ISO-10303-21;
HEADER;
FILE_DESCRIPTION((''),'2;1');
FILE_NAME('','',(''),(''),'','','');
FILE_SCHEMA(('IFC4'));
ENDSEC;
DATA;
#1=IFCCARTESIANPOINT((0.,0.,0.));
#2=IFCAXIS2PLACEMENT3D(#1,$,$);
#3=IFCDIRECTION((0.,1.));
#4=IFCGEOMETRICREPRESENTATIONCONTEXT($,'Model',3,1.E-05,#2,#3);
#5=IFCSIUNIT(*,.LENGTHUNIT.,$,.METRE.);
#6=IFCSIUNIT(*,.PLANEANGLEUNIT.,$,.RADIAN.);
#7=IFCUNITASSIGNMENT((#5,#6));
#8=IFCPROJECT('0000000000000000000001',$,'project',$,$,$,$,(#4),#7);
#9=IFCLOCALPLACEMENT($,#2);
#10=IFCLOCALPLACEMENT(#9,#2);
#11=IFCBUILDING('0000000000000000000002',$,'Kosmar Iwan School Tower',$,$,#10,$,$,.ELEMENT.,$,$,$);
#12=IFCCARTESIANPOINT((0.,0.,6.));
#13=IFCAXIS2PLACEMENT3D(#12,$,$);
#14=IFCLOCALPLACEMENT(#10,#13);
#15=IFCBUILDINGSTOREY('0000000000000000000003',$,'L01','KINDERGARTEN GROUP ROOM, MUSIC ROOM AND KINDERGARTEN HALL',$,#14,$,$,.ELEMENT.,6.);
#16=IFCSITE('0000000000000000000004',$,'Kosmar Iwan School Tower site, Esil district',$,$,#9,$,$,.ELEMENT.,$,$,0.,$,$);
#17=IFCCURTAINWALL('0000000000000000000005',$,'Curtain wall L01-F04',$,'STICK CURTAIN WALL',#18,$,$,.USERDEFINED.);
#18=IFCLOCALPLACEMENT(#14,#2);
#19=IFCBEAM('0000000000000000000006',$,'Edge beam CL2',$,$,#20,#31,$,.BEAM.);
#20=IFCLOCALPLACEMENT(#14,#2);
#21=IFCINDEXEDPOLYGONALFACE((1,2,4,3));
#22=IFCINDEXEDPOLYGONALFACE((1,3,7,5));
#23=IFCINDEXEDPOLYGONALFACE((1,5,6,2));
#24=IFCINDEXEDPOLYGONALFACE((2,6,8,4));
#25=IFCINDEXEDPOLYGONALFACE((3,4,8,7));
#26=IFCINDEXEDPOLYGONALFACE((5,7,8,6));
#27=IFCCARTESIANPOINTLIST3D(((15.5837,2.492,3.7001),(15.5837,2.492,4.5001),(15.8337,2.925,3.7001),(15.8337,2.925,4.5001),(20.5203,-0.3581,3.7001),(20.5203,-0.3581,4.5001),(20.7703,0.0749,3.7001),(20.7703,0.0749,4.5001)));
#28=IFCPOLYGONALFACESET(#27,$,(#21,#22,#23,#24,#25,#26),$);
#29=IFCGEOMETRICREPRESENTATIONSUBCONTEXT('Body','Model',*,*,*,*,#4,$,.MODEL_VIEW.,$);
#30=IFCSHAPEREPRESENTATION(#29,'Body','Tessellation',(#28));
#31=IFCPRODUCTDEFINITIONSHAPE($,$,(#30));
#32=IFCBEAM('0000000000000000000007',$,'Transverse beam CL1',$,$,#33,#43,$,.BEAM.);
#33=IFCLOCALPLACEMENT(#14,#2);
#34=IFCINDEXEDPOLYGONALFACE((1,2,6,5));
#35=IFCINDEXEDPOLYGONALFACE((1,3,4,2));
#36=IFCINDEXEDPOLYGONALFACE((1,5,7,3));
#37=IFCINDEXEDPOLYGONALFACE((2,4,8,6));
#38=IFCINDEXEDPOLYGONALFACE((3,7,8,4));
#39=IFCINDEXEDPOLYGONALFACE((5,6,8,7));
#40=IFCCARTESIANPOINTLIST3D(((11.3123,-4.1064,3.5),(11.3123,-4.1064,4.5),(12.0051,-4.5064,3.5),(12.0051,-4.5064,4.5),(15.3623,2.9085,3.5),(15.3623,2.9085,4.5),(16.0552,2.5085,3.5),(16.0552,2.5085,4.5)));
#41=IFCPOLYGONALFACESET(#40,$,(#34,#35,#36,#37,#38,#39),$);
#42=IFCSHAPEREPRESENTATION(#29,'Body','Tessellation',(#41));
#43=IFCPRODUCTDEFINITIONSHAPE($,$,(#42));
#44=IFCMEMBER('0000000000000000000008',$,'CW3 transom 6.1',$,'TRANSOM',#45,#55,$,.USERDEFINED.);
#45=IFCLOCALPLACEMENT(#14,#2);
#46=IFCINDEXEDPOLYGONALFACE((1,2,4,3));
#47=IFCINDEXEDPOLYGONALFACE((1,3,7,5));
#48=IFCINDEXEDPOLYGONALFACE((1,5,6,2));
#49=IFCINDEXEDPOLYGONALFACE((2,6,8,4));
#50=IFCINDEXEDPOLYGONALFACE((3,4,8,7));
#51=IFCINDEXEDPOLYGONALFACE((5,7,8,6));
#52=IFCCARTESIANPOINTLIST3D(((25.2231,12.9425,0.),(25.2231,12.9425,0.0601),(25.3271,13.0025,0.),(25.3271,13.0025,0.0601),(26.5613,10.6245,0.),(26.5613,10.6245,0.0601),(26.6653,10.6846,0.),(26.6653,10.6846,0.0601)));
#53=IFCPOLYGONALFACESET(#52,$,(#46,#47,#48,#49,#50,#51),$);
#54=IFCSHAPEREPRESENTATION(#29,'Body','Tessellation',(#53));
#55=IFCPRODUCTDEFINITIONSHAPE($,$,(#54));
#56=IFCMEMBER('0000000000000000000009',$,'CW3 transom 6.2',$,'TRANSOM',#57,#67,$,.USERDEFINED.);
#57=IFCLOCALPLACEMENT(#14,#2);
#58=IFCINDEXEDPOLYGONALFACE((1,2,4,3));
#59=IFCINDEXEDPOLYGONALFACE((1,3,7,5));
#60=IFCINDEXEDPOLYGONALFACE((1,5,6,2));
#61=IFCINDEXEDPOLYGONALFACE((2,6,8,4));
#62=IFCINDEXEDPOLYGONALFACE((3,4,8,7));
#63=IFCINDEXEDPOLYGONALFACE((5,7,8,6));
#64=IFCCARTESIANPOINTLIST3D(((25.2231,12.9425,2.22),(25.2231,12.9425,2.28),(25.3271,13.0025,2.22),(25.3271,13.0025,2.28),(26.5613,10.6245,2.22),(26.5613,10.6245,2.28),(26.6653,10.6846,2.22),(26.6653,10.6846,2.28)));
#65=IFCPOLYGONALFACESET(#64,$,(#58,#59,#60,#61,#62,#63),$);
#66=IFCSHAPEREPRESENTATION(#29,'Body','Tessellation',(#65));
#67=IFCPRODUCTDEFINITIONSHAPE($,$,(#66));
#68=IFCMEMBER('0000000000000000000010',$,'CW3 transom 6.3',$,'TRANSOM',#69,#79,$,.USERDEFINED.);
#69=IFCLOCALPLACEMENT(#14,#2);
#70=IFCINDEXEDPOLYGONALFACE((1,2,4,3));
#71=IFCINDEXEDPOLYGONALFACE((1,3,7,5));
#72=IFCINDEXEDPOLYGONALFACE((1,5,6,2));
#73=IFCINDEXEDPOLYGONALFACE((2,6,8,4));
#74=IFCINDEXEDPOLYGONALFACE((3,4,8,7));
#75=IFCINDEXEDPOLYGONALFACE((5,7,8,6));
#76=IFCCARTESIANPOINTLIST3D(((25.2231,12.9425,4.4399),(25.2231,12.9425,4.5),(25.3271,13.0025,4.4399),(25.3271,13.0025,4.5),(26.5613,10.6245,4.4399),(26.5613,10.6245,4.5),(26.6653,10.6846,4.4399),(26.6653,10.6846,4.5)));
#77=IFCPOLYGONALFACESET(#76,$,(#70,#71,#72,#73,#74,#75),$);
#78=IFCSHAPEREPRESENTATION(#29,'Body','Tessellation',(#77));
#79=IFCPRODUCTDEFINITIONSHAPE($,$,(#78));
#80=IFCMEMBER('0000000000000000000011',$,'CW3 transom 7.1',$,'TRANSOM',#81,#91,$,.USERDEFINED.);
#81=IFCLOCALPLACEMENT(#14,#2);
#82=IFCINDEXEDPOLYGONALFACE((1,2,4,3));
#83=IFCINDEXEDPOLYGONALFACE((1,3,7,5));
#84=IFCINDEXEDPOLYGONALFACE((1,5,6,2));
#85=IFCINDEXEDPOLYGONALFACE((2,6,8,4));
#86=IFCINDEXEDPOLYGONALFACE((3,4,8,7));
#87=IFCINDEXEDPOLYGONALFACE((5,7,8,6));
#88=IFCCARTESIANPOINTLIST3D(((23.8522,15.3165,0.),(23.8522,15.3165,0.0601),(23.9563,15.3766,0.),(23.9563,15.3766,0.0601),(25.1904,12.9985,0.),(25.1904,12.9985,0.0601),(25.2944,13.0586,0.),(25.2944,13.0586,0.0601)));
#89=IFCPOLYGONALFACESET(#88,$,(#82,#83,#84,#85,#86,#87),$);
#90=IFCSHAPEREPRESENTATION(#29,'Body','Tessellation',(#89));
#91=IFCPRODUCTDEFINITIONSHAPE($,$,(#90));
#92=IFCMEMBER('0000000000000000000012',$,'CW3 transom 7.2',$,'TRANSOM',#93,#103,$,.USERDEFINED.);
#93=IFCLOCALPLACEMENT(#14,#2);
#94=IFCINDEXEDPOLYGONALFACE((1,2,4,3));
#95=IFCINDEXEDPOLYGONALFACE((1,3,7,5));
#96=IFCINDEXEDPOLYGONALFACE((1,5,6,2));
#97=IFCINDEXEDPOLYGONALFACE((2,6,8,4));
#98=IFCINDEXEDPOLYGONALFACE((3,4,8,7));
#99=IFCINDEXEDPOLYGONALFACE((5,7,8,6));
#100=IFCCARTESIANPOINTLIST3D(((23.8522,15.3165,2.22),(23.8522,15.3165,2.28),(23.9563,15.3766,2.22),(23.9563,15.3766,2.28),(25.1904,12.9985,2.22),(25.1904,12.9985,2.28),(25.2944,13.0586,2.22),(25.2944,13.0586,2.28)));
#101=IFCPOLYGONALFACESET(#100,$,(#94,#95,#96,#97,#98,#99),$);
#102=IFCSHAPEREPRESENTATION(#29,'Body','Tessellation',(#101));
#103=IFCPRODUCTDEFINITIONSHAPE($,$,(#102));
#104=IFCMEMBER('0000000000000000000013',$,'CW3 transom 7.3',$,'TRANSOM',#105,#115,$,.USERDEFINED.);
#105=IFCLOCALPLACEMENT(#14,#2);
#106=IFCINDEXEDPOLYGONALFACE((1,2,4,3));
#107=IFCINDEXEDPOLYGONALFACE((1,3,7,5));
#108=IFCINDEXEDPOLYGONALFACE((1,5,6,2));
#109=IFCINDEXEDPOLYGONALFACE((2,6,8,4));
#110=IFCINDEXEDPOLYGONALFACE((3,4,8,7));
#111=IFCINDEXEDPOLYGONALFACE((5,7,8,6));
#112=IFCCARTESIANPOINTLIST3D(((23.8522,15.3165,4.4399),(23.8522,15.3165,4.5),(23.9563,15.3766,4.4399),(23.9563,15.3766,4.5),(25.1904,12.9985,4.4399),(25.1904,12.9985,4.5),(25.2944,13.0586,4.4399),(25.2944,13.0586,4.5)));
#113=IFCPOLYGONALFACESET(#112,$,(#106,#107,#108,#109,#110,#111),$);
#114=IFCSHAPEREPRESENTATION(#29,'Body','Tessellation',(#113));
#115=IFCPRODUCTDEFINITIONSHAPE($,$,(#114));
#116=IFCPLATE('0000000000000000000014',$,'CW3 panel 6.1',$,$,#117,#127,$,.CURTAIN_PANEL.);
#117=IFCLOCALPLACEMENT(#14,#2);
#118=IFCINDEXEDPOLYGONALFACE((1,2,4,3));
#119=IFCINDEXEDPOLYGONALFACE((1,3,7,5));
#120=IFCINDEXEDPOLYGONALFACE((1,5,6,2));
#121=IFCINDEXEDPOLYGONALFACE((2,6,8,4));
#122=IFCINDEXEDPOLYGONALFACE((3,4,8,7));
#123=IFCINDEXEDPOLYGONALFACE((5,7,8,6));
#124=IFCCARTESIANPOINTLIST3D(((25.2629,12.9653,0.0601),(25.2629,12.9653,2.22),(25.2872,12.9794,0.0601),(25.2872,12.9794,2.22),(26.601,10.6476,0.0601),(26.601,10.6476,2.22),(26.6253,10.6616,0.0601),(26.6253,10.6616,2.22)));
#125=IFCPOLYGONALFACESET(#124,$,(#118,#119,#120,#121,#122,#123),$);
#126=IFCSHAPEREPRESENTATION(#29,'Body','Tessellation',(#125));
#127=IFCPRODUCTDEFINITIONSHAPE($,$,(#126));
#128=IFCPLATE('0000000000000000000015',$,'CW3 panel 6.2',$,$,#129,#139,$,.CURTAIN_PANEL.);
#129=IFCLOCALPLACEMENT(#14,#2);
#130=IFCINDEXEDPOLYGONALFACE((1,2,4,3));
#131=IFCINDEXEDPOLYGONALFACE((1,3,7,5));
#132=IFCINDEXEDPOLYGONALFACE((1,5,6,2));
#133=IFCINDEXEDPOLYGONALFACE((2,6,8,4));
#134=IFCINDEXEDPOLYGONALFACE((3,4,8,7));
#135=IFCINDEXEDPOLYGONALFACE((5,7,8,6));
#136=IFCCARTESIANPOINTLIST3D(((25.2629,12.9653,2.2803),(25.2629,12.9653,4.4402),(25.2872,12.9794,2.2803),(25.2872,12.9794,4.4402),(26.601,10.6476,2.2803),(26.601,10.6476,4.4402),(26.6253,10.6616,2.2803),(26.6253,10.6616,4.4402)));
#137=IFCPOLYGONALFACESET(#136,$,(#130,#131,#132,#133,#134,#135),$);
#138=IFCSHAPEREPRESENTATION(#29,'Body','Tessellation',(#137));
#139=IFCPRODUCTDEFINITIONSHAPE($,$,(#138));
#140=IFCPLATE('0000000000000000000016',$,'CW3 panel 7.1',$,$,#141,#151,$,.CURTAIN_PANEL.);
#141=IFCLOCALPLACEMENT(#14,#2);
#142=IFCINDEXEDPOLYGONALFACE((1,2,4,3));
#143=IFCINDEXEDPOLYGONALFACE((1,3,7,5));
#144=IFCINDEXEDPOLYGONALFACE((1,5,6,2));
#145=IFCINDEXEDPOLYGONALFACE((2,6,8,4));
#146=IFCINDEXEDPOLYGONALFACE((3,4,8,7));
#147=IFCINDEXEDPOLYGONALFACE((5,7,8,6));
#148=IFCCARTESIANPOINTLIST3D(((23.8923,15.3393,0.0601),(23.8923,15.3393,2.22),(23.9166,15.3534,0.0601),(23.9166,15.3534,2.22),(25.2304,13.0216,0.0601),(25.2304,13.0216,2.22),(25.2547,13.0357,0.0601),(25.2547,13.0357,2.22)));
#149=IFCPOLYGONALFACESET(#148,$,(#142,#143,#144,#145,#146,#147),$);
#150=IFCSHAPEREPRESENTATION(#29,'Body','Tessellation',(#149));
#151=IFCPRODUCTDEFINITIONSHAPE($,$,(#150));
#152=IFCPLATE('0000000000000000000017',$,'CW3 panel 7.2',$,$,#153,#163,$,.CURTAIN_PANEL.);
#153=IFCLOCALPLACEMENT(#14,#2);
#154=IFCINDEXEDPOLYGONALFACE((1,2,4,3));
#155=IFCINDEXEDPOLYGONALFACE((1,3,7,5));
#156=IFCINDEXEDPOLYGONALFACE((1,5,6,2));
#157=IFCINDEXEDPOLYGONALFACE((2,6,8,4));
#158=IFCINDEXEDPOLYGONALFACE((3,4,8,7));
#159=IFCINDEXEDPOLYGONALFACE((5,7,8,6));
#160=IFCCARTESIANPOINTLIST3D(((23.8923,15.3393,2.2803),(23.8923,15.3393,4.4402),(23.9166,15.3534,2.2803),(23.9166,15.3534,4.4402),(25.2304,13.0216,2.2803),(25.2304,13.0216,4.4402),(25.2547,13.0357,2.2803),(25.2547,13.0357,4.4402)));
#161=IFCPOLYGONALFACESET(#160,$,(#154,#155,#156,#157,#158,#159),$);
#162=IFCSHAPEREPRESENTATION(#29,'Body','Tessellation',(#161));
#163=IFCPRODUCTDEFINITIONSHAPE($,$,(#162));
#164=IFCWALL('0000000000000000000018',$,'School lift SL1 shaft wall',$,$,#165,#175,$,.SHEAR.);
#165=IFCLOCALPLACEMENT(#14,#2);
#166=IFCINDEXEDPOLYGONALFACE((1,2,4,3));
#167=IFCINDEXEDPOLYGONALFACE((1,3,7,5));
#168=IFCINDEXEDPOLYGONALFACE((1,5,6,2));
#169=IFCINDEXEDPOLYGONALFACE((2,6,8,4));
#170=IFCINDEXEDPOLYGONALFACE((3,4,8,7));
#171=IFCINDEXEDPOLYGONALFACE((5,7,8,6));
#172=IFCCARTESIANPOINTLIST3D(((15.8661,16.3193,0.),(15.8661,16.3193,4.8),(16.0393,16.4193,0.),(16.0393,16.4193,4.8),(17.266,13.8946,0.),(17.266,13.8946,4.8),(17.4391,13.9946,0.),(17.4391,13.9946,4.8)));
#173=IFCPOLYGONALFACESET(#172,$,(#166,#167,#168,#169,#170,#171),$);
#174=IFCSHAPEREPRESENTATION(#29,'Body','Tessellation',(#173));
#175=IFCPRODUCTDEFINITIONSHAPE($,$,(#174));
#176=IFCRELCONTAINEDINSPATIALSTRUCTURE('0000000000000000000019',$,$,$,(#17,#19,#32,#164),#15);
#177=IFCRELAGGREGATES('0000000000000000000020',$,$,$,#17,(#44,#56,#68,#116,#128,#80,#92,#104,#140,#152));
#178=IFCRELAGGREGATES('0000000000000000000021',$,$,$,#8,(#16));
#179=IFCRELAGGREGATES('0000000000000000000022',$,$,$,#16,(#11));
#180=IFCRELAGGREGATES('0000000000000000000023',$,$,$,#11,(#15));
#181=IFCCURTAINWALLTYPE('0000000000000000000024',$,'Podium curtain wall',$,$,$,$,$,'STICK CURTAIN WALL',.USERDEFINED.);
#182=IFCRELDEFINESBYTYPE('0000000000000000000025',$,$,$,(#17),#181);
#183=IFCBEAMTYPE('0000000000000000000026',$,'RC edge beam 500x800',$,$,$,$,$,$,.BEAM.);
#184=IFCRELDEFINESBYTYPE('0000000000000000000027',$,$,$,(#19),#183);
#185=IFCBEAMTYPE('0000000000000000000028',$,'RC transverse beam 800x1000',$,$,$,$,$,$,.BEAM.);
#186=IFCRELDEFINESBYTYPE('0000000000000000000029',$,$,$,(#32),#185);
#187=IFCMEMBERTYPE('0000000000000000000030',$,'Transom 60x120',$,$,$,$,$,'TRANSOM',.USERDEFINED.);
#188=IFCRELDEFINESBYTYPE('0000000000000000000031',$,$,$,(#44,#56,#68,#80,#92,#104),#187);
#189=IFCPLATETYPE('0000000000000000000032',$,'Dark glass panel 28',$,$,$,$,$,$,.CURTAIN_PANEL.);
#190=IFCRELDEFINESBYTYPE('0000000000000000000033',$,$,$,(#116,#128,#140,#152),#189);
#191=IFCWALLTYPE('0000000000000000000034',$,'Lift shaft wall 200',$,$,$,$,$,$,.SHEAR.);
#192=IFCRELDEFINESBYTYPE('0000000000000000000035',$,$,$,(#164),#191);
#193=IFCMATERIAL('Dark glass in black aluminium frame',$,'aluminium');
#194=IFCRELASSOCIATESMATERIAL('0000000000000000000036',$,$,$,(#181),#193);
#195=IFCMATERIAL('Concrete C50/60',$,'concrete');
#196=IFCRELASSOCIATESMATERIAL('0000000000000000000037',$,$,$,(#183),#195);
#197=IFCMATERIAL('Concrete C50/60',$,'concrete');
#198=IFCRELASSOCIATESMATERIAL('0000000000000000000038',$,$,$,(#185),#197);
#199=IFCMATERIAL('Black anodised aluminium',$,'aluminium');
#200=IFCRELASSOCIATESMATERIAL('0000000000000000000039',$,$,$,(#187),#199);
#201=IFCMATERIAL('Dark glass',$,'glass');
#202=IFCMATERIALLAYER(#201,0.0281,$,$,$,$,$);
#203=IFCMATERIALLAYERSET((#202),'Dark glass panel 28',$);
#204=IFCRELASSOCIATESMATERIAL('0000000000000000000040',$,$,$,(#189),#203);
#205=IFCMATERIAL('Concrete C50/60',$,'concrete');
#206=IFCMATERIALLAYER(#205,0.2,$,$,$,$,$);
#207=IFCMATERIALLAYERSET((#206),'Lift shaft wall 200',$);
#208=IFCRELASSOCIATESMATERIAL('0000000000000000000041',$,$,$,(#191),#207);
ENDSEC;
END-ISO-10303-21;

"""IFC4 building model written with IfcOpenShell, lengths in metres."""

from ifc_helpers import new_model, si_unit, direction, frame, frame_2d, origin, origin_2d, place, context, subcontext, project, spatial, rectangle, extrude, material, layer, layer_set, material_profile, profile_set, type_object, element, aggregate, save


model = new_model("IFC4")

# Units and contexts
model_context = context("Model", 3, precision=1e-05, world=origin(), true_north=direction((0.0, 1.0)))
body_context = subcontext(model_context, "Body", "Model", "MODEL_VIEW")
ifc_project = project(units=[si_unit("LENGTHUNIT", "METRE"), si_unit("PLANEANGLEUNIT", "RADIAN")], contexts=[model_context])

# Site, building, storey
site_placement = place(None, origin())
site = spatial("IfcSite", under=ifc_project, at=site_placement, Name="Kosmar Iwan School Tower site, Esil district", CompositionType="ELEMENT", RefElevation=0.0)
building_placement = place(site_placement, origin())
building = spatial("IfcBuilding", under=site, at=building_placement, Name="Kosmar Iwan School Tower", CompositionType="ELEMENT")
storey_placement = place(building_placement, frame((0.0, 0.0, 6.0)))
storey = spatial("IfcBuildingStorey", under=building, at=storey_placement, Name="L01", Description="KINDERGARTEN GROUP ROOM, MUSIC ROOM AND KINDERGARTEN HALL", CompositionType="ELEMENT", Elevation=6.0)

# Curtain wall
ifc_material_1 = material(Name="Dark glass in black aluminium frame", Category="aluminium")
curtain_wall_type = type_object("IfcCurtainWallType", Name="Podium curtain wall", ElementType="STICK CURTAIN WALL", PredefinedType="USERDEFINED", material=ifc_material_1)
curtain_wall_placement = place(storey_placement, origin())
curtain_wall = element("IfcCurtainWall", 1, at=curtain_wall_placement, inside=storey, type_object=curtain_wall_type, Name="Curtain wall L01-F04", ObjectType="STICK CURTAIN WALL", PredefinedType="USERDEFINED")

# Beams
ifc_material_2 = material(Name="Concrete C50/60", Category="concrete")
ifc_material_profile_1 = material_profile(ifc_material_2, rectangle(XDim=0.5, YDim=0.8, at=origin_2d()), Name="RC 500x800")
ifc_profile_set_1 = profile_set([ifc_material_profile_1], Name="Concrete C50/60")
beam_type_1 = type_object("IfcBeamType", Name="RC edge beam 500x800", PredefinedType="BEAM", material=ifc_profile_set_1)
beam_1_placement = place(storey_placement, frame((15.7087, 2.7085, 4.1001), z_axis=(0.866026, -0.499999, 0.0), x_axis=(0.499999, 0.866026, 0.0)))
element("IfcBeam", 2, at=beam_1_placement, inside=storey, type_object=beam_type_1, Name="Edge beam CL2", PredefinedType="BEAM", context=body_context, shape_type="SweptSolid", body=[
    extrude(rectangle(XDim=0.5, YDim=0.8, at=origin_2d()), origin(), (0.0, 0.0, 1.0), 5.7002),
])
ifc_material_3 = material(Name="Concrete C50/60", Category="concrete")
ifc_material_profile_2 = material_profile(ifc_material_3, rectangle(XDim=0.8, YDim=1.0, at=origin_2d()), Name="RC 800x1000")
ifc_profile_set_2 = profile_set([ifc_material_profile_2], Name="Concrete C50/60")
beam_type_2 = type_object("IfcBeamType", Name="RC transverse beam 800x1000", PredefinedType="BEAM", material=ifc_profile_set_2)
beam_2_placement = place(storey_placement, frame((15.7087, 2.7085, 4.0), z_axis=(-0.5, -0.866025, 0.0), x_axis=(0.866025, -0.5, 0.0)))
element("IfcBeam", 3, at=beam_2_placement, inside=storey, type_object=beam_type_2, Name="Transverse beam CL1", PredefinedType="BEAM", context=body_context, shape_type="SweptSolid", body=[
    extrude(rectangle(XDim=0.8, YDim=1.0, at=origin_2d()), origin(), (0.0, 0.0, 1.0), 8.1001),
])

# Members
ifc_material_4 = material(Name="Black anodised aluminium", Category="aluminium")
ifc_material_profile_3 = material_profile(ifc_material_4, rectangle(XDim=0.1201, YDim=0.0601, at=origin_2d()), Name="TRANSOM 60x120")
ifc_profile_set_3 = profile_set([ifc_material_profile_3], Name="Black anodised aluminium")
member_type_1 = type_object("IfcMemberType", Name="Transom 60x120", ElementType="TRANSOM", PredefinedType="USERDEFINED", material=ifc_profile_set_3)
member_1_placement = place(storey_placement, frame((26.6133, 10.6545, 0.03), z_axis=(-0.499975, 0.86604, 0.0), x_axis=(-0.86604, -0.499975, 0.0)))
member_1 = element("IfcMember", 4, at=member_1_placement, type_object=member_type_1, Name="CW3 transom 6.1", ObjectType="TRANSOM", PredefinedType="USERDEFINED", context=body_context, shape_type="SweptSolid", body=[
    extrude(rectangle(XDim=0.1201, YDim=0.0601, at=origin_2d()), origin(), (0.0, 0.0, 1.0), 2.6765),
])
member_2_placement = place(storey_placement, frame((26.6133, 10.6545, 2.25), z_axis=(-0.499975, 0.86604, 0.0), x_axis=(-0.86604, -0.499975, 0.0)))
member_2 = element("IfcMember", 5, at=member_2_placement, type_object=member_type_1, Name="CW3 transom 6.2", ObjectType="TRANSOM", PredefinedType="USERDEFINED", context=body_context, shape_type="SweptSolid", body=[
    extrude(rectangle(XDim=0.1201, YDim=0.0601, at=origin_2d()), origin(), (0.0, 0.0, 1.0), 2.6765),
])
member_3_placement = place(storey_placement, frame((26.6133, 10.6545, 4.47), z_axis=(-0.499975, 0.86604, 0.0), x_axis=(-0.86604, -0.499975, 0.0)))
member_3 = element("IfcMember", 6, at=member_3_placement, type_object=member_type_1, Name="CW3 transom 6.3", ObjectType="TRANSOM", PredefinedType="USERDEFINED", context=body_context, shape_type="SweptSolid", body=[
    extrude(rectangle(XDim=0.1201, YDim=0.0601, at=origin_2d()), origin(), (0.0, 0.0, 1.0), 2.6765),
])
member_4_placement = place(storey_placement, frame((25.2424, 13.0286, 0.03), z_axis=(-0.499975, 0.86604, 0.0), x_axis=(-0.86604, -0.499975, 0.0)))
member_4 = element("IfcMember", 7, at=member_4_placement, type_object=member_type_1, Name="CW3 transom 7.1", ObjectType="TRANSOM", PredefinedType="USERDEFINED", context=body_context, shape_type="SweptSolid", body=[
    extrude(rectangle(XDim=0.1201, YDim=0.0601, at=origin_2d()), origin(), (0.0, 0.0, 1.0), 2.6765),
])
member_5_placement = place(storey_placement, frame((25.2424, 13.0286, 2.25), z_axis=(-0.499975, 0.86604, 0.0), x_axis=(-0.86604, -0.499975, 0.0)))
member_5 = element("IfcMember", 8, at=member_5_placement, type_object=member_type_1, Name="CW3 transom 7.2", ObjectType="TRANSOM", PredefinedType="USERDEFINED", context=body_context, shape_type="SweptSolid", body=[
    extrude(rectangle(XDim=0.1201, YDim=0.0601, at=origin_2d()), origin(), (0.0, 0.0, 1.0), 2.6765),
])
member_6_placement = place(storey_placement, frame((25.2424, 13.0286, 4.47), z_axis=(-0.499975, 0.86604, 0.0), x_axis=(-0.86604, -0.499975, 0.0)))
member_6 = element("IfcMember", 9, at=member_6_placement, type_object=member_type_1, Name="CW3 transom 7.3", ObjectType="TRANSOM", PredefinedType="USERDEFINED", context=body_context, shape_type="SweptSolid", body=[
    extrude(rectangle(XDim=0.1201, YDim=0.0601, at=origin_2d()), origin(), (0.0, 0.0, 1.0), 2.6765),
])

# Plates
ifc_material_5 = material(Name="Dark glass", Category="glass")
ifc_layer_1 = layer(ifc_material_5, 0.0281)
ifc_layer_set_1 = layer_set([ifc_layer_1], Name="Dark glass panel 28")
plate_type = type_object("IfcPlateType", Name="Dark glass panel 28", PredefinedType="CURTAIN_PANEL", material=ifc_layer_set_1)
plate_1_placement = place(storey_placement, frame((25.9441, 11.8135, 0.0601), z_axis=(0.0, 0.0, 1.0), x_axis=(-0.5, 0.866025, 0.0)))
plate_1 = element("IfcPlate", 10, at=plate_1_placement, type_object=plate_type, Name="CW3 panel 6.1", PredefinedType="CURTAIN_PANEL", context=body_context, shape_type="SweptSolid", body=[
    extrude(rectangle(XDim=2.6763, YDim=0.0281, at=origin_2d()), origin(), (0.0, 0.0, 1.0), 2.1599),
])
plate_2_placement = place(storey_placement, frame((25.9441, 11.8135, 2.2803), z_axis=(0.0, 0.0, 1.0), x_axis=(-0.5, 0.866025, 0.0)))
plate_2 = element("IfcPlate", 11, at=plate_2_placement, type_object=plate_type, Name="CW3 panel 6.2", PredefinedType="CURTAIN_PANEL", context=body_context, shape_type="SweptSolid", body=[
    extrude(rectangle(XDim=2.6763, YDim=0.0281, at=origin_2d()), origin(), (0.0, 0.0, 1.0), 2.1599),
])
plate_3_placement = place(storey_placement, frame((24.5735, 14.1875, 0.0601), z_axis=(0.0, 0.0, 1.0), x_axis=(-0.5, 0.866025, 0.0)))
plate_3 = element("IfcPlate", 12, at=plate_3_placement, type_object=plate_type, Name="CW3 panel 7.1", PredefinedType="CURTAIN_PANEL", context=body_context, shape_type="SweptSolid", body=[
    extrude(rectangle(XDim=2.6763, YDim=0.0281, at=origin_2d()), origin(), (0.0, 0.0, 1.0), 2.1599),
])
plate_4_placement = place(storey_placement, frame((24.5735, 14.1875, 2.2803), z_axis=(0.0, 0.0, 1.0), x_axis=(-0.5, 0.866025, 0.0)))
plate_4 = element("IfcPlate", 13, at=plate_4_placement, type_object=plate_type, Name="CW3 panel 7.2", PredefinedType="CURTAIN_PANEL", context=body_context, shape_type="SweptSolid", body=[
    extrude(rectangle(XDim=2.6763, YDim=0.0281, at=origin_2d()), origin(), (0.0, 0.0, 1.0), 2.1599),
])
aggregate(curtain_wall, [member_1, member_2, member_3, plate_1, plate_2, member_4, member_5, member_6, plate_3, plate_4])

# Wall
ifc_material_6 = material(Name="Concrete C50/60", Category="concrete")
ifc_layer_2 = layer(ifc_material_6, 0.2)
ifc_layer_set_2 = layer_set([ifc_layer_2], Name="Lift shaft wall 200")
wall_type_1 = type_object("IfcWallType", Name="Lift shaft wall 200", PredefinedType="SHEAR", material=ifc_layer_set_2)
wall_1_placement = place(storey_placement, frame((17.3525, 13.9446, 0.0), z_axis=(0.0, 0.0, 1.0), x_axis=(-0.499984, 0.866035, 0.0)))
element("IfcWall", 14, at=wall_1_placement, inside=storey, type_object=wall_type_1, Name="School lift SL1 shaft wall", PredefinedType="SHEAR", context=body_context, shape_type="SweptSolid", body=[
    extrude(rectangle(XDim=2.7998, YDim=0.2, at=frame_2d((1.3999, 0.0))), origin(), (0.0, 0.0, 1.0), 4.8),
])

save(model, "model.ifc")
